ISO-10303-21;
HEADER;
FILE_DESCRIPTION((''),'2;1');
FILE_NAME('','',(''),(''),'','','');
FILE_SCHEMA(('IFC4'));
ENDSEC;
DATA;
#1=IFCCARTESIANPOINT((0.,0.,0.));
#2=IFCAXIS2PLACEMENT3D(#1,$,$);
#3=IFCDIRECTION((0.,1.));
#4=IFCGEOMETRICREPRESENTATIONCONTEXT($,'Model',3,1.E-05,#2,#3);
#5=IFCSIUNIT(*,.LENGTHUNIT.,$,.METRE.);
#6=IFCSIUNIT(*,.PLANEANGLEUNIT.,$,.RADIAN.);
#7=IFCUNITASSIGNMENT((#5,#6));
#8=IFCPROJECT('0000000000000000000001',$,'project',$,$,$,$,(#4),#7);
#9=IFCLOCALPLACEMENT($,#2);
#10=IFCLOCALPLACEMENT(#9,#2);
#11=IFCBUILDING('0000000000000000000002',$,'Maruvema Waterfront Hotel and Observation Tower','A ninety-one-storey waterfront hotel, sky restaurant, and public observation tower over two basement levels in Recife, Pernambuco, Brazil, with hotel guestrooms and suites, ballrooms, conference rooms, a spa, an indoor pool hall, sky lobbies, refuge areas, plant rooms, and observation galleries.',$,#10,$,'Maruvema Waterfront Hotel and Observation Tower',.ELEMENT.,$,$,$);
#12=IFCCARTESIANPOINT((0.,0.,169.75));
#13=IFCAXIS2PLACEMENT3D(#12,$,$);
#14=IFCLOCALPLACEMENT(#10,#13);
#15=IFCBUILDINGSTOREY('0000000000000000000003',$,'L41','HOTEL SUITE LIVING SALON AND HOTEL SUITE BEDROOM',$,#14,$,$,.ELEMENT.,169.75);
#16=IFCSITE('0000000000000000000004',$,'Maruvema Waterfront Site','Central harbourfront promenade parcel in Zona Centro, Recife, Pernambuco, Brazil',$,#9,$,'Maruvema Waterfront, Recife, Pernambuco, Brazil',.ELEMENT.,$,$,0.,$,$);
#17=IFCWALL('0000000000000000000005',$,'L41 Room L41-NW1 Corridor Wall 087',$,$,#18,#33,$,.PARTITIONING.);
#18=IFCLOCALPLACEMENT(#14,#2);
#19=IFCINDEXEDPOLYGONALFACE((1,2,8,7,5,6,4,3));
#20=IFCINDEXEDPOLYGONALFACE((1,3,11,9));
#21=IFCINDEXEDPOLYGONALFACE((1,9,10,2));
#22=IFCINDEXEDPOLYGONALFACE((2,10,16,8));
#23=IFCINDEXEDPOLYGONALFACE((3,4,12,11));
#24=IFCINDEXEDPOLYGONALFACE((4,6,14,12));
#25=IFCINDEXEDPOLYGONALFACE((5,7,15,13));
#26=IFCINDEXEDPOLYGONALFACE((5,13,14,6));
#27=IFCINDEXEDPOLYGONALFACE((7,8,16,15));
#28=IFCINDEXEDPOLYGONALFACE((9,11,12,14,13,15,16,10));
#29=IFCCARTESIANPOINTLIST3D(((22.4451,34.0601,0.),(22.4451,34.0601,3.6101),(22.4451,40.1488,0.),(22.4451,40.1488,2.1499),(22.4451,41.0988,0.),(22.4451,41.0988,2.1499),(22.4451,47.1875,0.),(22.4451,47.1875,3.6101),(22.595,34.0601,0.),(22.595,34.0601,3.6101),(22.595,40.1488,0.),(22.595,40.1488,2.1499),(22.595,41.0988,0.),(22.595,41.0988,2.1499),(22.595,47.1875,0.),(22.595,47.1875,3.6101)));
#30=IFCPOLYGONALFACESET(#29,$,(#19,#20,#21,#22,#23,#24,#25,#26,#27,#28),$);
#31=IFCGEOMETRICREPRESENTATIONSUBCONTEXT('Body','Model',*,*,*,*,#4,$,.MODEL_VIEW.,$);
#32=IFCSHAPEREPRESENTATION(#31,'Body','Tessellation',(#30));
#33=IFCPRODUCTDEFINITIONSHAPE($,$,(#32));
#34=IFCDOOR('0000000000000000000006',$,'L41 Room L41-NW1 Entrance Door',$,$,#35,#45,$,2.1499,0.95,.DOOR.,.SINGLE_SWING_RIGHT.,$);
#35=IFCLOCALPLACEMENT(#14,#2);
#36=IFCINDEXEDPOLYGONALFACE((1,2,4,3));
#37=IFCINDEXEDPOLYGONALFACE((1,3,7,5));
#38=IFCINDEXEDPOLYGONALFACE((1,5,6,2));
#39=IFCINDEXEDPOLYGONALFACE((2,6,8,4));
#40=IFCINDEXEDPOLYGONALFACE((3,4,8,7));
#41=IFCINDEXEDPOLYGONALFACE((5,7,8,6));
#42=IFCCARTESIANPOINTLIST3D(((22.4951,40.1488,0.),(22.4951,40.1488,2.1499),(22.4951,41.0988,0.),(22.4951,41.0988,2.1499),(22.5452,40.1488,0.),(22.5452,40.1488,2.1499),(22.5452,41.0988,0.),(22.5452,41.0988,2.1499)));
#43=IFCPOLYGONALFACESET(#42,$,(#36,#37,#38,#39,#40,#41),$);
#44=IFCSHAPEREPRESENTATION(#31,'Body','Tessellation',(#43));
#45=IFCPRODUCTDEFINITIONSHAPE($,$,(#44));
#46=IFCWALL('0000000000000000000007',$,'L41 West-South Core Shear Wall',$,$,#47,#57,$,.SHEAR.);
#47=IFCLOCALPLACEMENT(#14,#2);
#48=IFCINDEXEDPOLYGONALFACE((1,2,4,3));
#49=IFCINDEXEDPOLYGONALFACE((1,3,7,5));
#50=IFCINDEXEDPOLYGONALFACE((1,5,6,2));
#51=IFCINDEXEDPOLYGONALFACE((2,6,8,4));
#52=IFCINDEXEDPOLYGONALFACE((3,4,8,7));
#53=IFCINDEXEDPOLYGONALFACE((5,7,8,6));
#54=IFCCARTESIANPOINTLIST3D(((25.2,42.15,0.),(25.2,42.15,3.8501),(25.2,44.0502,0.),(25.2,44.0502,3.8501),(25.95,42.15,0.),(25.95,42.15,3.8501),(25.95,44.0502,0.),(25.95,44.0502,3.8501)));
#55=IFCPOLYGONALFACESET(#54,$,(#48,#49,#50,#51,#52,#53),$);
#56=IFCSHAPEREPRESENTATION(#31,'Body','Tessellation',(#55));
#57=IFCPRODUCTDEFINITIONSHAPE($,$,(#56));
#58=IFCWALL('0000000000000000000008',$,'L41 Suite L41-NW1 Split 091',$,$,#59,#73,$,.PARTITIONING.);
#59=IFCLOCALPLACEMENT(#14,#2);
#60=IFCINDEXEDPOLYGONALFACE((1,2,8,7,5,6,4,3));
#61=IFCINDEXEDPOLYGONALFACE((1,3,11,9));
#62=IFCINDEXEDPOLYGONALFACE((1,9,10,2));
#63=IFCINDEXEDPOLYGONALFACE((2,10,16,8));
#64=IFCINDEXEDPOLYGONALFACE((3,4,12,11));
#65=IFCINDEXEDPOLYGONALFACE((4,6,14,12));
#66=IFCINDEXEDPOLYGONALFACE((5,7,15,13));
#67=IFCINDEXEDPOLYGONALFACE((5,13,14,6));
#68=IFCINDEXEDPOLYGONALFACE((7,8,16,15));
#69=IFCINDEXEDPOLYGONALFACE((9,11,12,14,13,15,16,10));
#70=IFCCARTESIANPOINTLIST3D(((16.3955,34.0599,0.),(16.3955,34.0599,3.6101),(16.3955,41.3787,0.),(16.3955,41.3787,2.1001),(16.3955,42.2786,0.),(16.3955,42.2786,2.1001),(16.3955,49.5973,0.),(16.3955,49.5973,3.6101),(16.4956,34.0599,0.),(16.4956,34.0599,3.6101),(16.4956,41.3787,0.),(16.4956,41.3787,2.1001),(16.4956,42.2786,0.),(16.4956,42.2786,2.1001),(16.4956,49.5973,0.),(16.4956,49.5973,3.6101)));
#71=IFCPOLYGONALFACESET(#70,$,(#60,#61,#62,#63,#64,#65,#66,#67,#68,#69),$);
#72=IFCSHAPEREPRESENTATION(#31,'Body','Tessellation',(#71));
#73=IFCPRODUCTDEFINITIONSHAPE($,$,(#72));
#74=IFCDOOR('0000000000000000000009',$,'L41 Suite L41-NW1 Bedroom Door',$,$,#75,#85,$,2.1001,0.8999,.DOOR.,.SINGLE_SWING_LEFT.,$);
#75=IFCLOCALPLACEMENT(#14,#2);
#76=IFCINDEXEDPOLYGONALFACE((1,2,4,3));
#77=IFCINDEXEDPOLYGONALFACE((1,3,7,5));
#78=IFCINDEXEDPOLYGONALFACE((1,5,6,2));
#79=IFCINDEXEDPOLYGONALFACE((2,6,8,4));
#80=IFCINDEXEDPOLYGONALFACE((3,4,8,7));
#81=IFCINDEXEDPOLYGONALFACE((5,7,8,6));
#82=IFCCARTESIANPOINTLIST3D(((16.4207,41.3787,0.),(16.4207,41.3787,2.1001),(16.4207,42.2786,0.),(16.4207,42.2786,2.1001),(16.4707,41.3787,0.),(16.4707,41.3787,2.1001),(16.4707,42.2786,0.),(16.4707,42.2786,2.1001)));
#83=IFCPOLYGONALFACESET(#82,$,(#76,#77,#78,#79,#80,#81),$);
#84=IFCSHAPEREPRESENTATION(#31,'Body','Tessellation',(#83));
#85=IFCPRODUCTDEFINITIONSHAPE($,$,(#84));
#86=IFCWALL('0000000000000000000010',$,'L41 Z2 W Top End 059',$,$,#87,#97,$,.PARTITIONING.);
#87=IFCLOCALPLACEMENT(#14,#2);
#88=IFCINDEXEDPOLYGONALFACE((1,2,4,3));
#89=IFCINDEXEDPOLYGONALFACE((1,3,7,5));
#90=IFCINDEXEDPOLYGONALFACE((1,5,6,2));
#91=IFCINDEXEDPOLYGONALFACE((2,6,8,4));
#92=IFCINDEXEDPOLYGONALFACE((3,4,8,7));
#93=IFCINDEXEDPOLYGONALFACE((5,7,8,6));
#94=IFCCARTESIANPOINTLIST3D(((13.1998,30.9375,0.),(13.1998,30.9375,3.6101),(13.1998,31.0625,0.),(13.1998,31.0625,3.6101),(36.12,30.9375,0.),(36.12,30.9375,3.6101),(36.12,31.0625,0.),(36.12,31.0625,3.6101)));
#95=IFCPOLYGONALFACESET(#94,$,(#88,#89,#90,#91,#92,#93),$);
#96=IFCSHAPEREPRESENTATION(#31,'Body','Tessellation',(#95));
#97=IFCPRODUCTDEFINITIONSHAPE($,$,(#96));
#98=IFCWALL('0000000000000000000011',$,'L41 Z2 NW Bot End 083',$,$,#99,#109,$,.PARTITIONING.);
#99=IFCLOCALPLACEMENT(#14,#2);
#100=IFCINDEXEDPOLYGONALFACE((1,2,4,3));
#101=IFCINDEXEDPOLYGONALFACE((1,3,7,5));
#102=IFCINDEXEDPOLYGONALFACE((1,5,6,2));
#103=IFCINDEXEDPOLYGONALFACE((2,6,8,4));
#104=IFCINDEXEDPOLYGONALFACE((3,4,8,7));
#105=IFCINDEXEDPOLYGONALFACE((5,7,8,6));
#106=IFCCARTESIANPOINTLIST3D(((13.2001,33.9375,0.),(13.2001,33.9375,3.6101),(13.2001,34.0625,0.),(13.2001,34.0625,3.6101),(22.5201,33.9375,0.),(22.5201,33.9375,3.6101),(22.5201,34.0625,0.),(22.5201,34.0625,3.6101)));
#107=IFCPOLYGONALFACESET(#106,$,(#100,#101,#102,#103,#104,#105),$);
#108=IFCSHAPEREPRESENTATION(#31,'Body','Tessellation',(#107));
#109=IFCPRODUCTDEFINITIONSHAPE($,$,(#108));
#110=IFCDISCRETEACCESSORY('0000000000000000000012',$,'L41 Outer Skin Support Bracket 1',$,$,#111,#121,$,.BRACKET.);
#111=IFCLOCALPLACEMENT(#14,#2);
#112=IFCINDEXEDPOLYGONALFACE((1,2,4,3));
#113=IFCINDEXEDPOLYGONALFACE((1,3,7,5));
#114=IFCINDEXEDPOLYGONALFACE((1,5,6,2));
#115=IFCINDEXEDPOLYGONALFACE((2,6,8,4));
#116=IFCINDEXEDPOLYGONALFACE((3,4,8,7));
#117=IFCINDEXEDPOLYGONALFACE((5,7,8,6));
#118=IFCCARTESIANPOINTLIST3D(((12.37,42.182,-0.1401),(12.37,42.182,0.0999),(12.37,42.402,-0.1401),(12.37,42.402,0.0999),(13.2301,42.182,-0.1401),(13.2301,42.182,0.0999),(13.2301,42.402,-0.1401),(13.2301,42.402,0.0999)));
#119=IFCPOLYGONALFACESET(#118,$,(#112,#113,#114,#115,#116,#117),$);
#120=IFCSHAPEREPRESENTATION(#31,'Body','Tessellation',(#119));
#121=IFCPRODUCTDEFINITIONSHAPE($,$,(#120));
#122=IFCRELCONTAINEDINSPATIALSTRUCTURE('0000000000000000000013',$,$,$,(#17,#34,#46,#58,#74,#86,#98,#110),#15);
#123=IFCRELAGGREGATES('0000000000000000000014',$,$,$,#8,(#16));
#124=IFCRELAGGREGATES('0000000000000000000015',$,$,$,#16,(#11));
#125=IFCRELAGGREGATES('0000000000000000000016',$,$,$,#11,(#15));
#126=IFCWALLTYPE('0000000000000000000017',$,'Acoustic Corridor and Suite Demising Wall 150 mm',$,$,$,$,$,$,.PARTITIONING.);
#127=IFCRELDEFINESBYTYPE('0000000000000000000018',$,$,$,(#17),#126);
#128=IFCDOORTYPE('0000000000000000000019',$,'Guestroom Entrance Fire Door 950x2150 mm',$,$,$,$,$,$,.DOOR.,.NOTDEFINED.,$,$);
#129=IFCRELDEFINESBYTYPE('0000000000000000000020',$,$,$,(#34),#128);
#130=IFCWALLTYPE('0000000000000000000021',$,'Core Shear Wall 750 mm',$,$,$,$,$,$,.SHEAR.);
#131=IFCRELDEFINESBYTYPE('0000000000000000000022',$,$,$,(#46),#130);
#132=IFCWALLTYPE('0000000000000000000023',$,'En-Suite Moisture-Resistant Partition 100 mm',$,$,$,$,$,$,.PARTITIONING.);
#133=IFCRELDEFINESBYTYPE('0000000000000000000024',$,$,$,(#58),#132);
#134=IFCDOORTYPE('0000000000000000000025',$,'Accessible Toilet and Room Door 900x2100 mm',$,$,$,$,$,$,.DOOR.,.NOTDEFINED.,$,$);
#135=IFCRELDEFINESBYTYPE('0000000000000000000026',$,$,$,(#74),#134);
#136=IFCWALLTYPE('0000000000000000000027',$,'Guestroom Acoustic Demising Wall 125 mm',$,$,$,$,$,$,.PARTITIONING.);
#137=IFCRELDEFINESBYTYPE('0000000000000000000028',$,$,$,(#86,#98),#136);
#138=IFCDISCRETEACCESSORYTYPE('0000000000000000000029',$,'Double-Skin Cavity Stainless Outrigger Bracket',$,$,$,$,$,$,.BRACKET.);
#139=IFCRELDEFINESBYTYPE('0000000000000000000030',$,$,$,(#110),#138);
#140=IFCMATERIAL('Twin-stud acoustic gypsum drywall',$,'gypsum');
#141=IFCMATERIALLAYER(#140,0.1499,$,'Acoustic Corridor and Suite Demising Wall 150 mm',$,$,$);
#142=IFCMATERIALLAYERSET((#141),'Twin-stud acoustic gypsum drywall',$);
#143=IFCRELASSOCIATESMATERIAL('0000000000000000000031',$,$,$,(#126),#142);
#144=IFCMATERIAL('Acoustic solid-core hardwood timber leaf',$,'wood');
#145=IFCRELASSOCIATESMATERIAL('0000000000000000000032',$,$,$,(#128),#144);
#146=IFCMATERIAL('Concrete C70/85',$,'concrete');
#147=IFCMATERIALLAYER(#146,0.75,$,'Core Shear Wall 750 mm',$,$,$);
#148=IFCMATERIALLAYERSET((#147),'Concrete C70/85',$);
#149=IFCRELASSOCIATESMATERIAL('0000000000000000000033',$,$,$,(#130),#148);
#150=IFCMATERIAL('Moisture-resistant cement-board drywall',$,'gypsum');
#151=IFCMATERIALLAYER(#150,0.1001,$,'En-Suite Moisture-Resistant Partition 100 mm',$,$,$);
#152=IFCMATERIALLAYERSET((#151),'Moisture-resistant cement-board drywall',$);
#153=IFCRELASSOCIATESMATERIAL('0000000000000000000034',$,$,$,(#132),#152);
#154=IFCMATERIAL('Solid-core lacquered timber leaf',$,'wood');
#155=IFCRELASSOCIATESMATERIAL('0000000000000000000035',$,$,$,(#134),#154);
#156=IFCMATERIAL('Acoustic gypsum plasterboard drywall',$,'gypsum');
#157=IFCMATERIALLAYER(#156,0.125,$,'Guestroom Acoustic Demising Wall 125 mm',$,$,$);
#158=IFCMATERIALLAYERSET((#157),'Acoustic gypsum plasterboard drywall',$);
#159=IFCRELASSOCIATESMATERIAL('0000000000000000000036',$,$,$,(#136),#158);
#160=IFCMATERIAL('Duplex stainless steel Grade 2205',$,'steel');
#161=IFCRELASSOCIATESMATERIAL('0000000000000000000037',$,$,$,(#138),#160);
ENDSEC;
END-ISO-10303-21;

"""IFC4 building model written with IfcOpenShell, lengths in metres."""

from ifc_helpers import new_model, si_unit, direction, frame, frame_2d, origin, origin_2d, place, context, subcontext, project, spatial, rectangle, extrude, material, layer, layer_set, type_object, element, fill, save


model = new_model("IFC4")

# Units and contexts
model_context = context("Model", 3, precision=1e-05, world=origin(), true_north=direction((0.0, 1.0)))
body_context = subcontext(model_context, "Body", "Model", "MODEL_VIEW")
ifc_project = project(units=[si_unit("LENGTHUNIT", "METRE"), si_unit("PLANEANGLEUNIT", "RADIAN")], contexts=[model_context])

# Site, building, storey
site_placement = place(None, origin())
site = spatial("IfcSite", under=ifc_project, at=site_placement, Name="Maruvema Waterfront Site", Description="Central harbourfront promenade parcel in Zona Centro, Recife, Pernambuco, Brazil", LongName="Maruvema Waterfront, Recife, Pernambuco, Brazil", CompositionType="ELEMENT", RefElevation=0.0)
building_placement = place(site_placement, origin())
building = spatial("IfcBuilding", under=site, at=building_placement, Name="Maruvema Waterfront Hotel and Observation Tower", Description="A ninety-one-storey waterfront hotel, sky restaurant, and public observation tower over two basement levels in Recife, Pernambuco, Brazil, with hotel guestrooms and suites, ballrooms, conference rooms, a spa, an indoor pool hall, sky lobbies, refuge areas, plant rooms, and observation galleries.", LongName="Maruvema Waterfront Hotel and Observation Tower", CompositionType="ELEMENT")
storey_placement = place(building_placement, frame((0.0, 0.0, 169.75)))
storey = spatial("IfcBuildingStorey", under=building, at=storey_placement, Name="L41", Description="HOTEL SUITE LIVING SALON AND HOTEL SUITE BEDROOM", CompositionType="ELEMENT", Elevation=169.75)

# Wall, opening, door
ifc_material_1 = material(Name="Twin-stud acoustic gypsum drywall", Category="gypsum")
ifc_layer_1 = layer(ifc_material_1, 0.1499, Name="Acoustic Corridor and Suite Demising Wall 150 mm")
ifc_layer_set_1 = layer_set([ifc_layer_1], Name="Twin-stud acoustic gypsum drywall")
wall_type_1 = type_object("IfcWallType", Name="Acoustic Corridor and Suite Demising Wall 150 mm", PredefinedType="PARTITIONING", material=ifc_layer_set_1)
wall_1_placement = place(storey_placement, frame((22.52, 34.0601, 0.0), z_axis=(0.0, 0.0, 1.0), x_axis=(0.0, 1.0, 0.0)))
wall_1 = element("IfcWall", 1, at=wall_1_placement, inside=storey, type_object=wall_type_1, Name="L41 Room L41-NW1 Corridor Wall 087", PredefinedType="PARTITIONING", context=body_context, shape_type="SweptSolid", body=[
    extrude(rectangle(XDim=13.1274, YDim=0.1499, at=frame_2d((6.5637, 0.0))), origin(), (0.0, 0.0, 1.0), 3.6101),
])
opening_1_placement = place(wall_1_placement, frame((6.0886, 0.0, 0.0)))
opening_1 = element("IfcOpeningElement", 2, at=opening_1_placement, cuts=wall_1, PredefinedType="OPENING", context=body_context, shape_type="SweptSolid", body=[
    extrude(rectangle(XDim=0.95, YDim=2.1499, at=frame_2d((0.4751, 1.075))), frame((0.0, 0.085, 0.0), z_axis=(0.0, -1.0, 0.0), x_axis=(1.0, 0.0, 0.0)), (0.0, 0.0, 1.0), 0.1699),
])
ifc_material_2 = material(Name="Acoustic solid-core hardwood timber leaf", Category="wood")
door_type_1 = type_object("IfcDoorType", Name="Guestroom Entrance Fire Door 950x2150 mm", OperationType="NOTDEFINED", PredefinedType="DOOR", material=ifc_material_2)
door_1_placement = place(opening_1_placement, origin())
door_1 = element("IfcDoor", 3, at=door_1_placement, inside=storey, type_object=door_type_1, Name="L41 Room L41-NW1 Entrance Door", OperationType="SINGLE_SWING_RIGHT", OverallHeight=2.1499, OverallWidth=0.95, PredefinedType="DOOR", context=body_context, shape_type="SweptSolid", body=[
    extrude(rectangle(XDim=0.95, YDim=2.1499, at=frame_2d((0.4751, 1.075))), frame((0.0, 0.0249, 0.0), z_axis=(0.0, -1.0, 0.0), x_axis=(1.0, 0.0, 0.0)), (0.0, 0.0, 1.0), 0.05),
])
fill(opening_1, door_1)

# Shared definitions
ifc_material_3 = material(Name="Concrete C70/85", Category="concrete")
ifc_layer_2 = layer(ifc_material_3, 0.75, Name="Core Shear Wall 750 mm")
ifc_layer_set_2 = layer_set([ifc_layer_2], Name="Concrete C70/85")
wall_type_2 = type_object("IfcWallType", Name="Core Shear Wall 750 mm", PredefinedType="SHEAR", material=ifc_layer_set_2)

# Wall
wall_2_placement = place(storey_placement, frame((25.575, 42.1499, 0.0), z_axis=(0.0, 0.0, 1.0), x_axis=(0.0, 1.0, 0.0)))
element("IfcWall", 4, at=wall_2_placement, inside=storey, type_object=wall_type_2, Name="L41 West-South Core Shear Wall", PredefinedType="SHEAR", context=body_context, shape_type="SweptSolid", body=[
    extrude(rectangle(XDim=1.9001, YDim=0.75, at=frame_2d((0.9502, 0.0))), origin(), (0.0, 0.0, 1.0), 3.8501),
])

# Wall, opening, door
ifc_material_4 = material(Name="Moisture-resistant cement-board drywall", Category="gypsum")
ifc_layer_3 = layer(ifc_material_4, 0.1001, Name="En-Suite Moisture-Resistant Partition 100 mm")
ifc_layer_set_3 = layer_set([ifc_layer_3], Name="Moisture-resistant cement-board drywall")
wall_type_3 = type_object("IfcWallType", Name="En-Suite Moisture-Resistant Partition 100 mm", PredefinedType="PARTITIONING", material=ifc_layer_set_3)
wall_3_placement = place(storey_placement, frame((16.4456, 34.0601, 0.0), z_axis=(0.0, 0.0, 1.0), x_axis=(0.0, 1.0, 0.0)))
wall_3 = element("IfcWall", 5, at=wall_3_placement, inside=storey, type_object=wall_type_3, Name="L41 Suite L41-NW1 Split 091", PredefinedType="PARTITIONING", context=body_context, shape_type="SweptSolid", body=[
    extrude(rectangle(XDim=15.5374, YDim=0.1001, at=frame_2d((7.7686, 0.0))), origin(), (0.0, 0.0, 1.0), 3.6101),
])
opening_2_placement = place(wall_3_placement, frame((7.3186, 0.0, 0.0)))
opening_2 = element("IfcOpeningElement", 6, at=opening_2_placement, cuts=wall_3, PredefinedType="OPENING", context=body_context, shape_type="SweptSolid", body=[
    extrude(rectangle(XDim=0.8999, YDim=2.1001, at=frame_2d((0.45, 1.05))), frame((0.0, 0.0601, 0.0), z_axis=(0.0, -1.0, 0.0), x_axis=(1.0, 0.0, 0.0)), (0.0, 0.0, 1.0), 0.1201),
])
ifc_material_5 = material(Name="Solid-core lacquered timber leaf", Category="wood")
door_type_2 = type_object("IfcDoorType", Name="Accessible Toilet and Room Door 900x2100 mm", OperationType="NOTDEFINED", PredefinedType="DOOR", material=ifc_material_5)
door_2_placement = place(opening_2_placement, origin())
door_2 = element("IfcDoor", 7, at=door_2_placement, inside=storey, type_object=door_type_2, Name="L41 Suite L41-NW1 Bedroom Door", OperationType="SINGLE_SWING_LEFT", OverallHeight=2.1001, OverallWidth=0.8999, PredefinedType="DOOR", context=body_context, shape_type="SweptSolid", body=[
    extrude(rectangle(XDim=0.8999, YDim=2.1001, at=frame_2d((0.45, 1.05))), frame((0.0, 0.0249, 0.0), z_axis=(0.0, -1.0, 0.0), x_axis=(1.0, 0.0, 0.0)), (0.0, 0.0, 1.0), 0.05),
])
fill(opening_2, door_2)

# Walls
ifc_material_6 = material(Name="Acoustic gypsum plasterboard drywall", Category="gypsum")
ifc_layer_4 = layer(ifc_material_6, 0.125, Name="Guestroom Acoustic Demising Wall 125 mm")
ifc_layer_set_4 = layer_set([ifc_layer_4], Name="Acoustic gypsum plasterboard drywall")
wall_type_4 = type_object("IfcWallType", Name="Guestroom Acoustic Demising Wall 125 mm", PredefinedType="PARTITIONING", material=ifc_layer_set_4)
wall_4_placement = place(storey_placement, frame((13.2, 31.0, 0.0), z_axis=(0.0, 0.0, 1.0), x_axis=(1.0, 0.0, 0.0)))
element("IfcWall", 8, at=wall_4_placement, inside=storey, type_object=wall_type_4, Name="L41 Z2 W Top End 059", PredefinedType="PARTITIONING", context=body_context, shape_type="SweptSolid", body=[
    extrude(rectangle(XDim=22.9202, YDim=0.125, at=frame_2d((11.46, 0.0))), origin(), (0.0, 0.0, 1.0), 3.6101),
])
wall_5_placement = place(storey_placement, frame((13.2, 34.0, 0.0), z_axis=(0.0, 0.0, 1.0), x_axis=(1.0, 0.0, 0.0)))
element("IfcWall", 9, at=wall_5_placement, inside=storey, type_object=wall_type_4, Name="L41 Z2 NW Bot End 083", PredefinedType="PARTITIONING", context=body_context, shape_type="SweptSolid", body=[
    extrude(rectangle(XDim=9.3201, YDim=0.125, at=frame_2d((4.6602, 0.0))), origin(), (0.0, 0.0, 1.0), 3.6101),
])

# Discrete accessory
ifc_material_7 = material(Name="Duplex stainless steel Grade 2205", Category="steel")
discrete_accessory_type = type_object("IfcDiscreteAccessoryType", Name="Double-Skin Cavity Stainless Outrigger Bracket", PredefinedType="BRACKET", material=ifc_material_7)
discrete_accessory_placement = place(storey_placement, frame((12.8, 42.292, -0.1401), z_axis=(0.0, 0.0, 1.0), x_axis=(0.0, -1.0, 0.0)))
element("IfcDiscreteAccessory", 10, at=discrete_accessory_placement, inside=storey, type_object=discrete_accessory_type, Name="L41 Outer Skin Support Bracket 1", PredefinedType="BRACKET", context=body_context, shape_type="SweptSolid", body=[
    extrude(rectangle(XDim=0.22, YDim=0.8601, at=origin_2d()), origin(), (0.0, 0.0, 1.0), 0.24),
])

save(model, "model.ifc")
